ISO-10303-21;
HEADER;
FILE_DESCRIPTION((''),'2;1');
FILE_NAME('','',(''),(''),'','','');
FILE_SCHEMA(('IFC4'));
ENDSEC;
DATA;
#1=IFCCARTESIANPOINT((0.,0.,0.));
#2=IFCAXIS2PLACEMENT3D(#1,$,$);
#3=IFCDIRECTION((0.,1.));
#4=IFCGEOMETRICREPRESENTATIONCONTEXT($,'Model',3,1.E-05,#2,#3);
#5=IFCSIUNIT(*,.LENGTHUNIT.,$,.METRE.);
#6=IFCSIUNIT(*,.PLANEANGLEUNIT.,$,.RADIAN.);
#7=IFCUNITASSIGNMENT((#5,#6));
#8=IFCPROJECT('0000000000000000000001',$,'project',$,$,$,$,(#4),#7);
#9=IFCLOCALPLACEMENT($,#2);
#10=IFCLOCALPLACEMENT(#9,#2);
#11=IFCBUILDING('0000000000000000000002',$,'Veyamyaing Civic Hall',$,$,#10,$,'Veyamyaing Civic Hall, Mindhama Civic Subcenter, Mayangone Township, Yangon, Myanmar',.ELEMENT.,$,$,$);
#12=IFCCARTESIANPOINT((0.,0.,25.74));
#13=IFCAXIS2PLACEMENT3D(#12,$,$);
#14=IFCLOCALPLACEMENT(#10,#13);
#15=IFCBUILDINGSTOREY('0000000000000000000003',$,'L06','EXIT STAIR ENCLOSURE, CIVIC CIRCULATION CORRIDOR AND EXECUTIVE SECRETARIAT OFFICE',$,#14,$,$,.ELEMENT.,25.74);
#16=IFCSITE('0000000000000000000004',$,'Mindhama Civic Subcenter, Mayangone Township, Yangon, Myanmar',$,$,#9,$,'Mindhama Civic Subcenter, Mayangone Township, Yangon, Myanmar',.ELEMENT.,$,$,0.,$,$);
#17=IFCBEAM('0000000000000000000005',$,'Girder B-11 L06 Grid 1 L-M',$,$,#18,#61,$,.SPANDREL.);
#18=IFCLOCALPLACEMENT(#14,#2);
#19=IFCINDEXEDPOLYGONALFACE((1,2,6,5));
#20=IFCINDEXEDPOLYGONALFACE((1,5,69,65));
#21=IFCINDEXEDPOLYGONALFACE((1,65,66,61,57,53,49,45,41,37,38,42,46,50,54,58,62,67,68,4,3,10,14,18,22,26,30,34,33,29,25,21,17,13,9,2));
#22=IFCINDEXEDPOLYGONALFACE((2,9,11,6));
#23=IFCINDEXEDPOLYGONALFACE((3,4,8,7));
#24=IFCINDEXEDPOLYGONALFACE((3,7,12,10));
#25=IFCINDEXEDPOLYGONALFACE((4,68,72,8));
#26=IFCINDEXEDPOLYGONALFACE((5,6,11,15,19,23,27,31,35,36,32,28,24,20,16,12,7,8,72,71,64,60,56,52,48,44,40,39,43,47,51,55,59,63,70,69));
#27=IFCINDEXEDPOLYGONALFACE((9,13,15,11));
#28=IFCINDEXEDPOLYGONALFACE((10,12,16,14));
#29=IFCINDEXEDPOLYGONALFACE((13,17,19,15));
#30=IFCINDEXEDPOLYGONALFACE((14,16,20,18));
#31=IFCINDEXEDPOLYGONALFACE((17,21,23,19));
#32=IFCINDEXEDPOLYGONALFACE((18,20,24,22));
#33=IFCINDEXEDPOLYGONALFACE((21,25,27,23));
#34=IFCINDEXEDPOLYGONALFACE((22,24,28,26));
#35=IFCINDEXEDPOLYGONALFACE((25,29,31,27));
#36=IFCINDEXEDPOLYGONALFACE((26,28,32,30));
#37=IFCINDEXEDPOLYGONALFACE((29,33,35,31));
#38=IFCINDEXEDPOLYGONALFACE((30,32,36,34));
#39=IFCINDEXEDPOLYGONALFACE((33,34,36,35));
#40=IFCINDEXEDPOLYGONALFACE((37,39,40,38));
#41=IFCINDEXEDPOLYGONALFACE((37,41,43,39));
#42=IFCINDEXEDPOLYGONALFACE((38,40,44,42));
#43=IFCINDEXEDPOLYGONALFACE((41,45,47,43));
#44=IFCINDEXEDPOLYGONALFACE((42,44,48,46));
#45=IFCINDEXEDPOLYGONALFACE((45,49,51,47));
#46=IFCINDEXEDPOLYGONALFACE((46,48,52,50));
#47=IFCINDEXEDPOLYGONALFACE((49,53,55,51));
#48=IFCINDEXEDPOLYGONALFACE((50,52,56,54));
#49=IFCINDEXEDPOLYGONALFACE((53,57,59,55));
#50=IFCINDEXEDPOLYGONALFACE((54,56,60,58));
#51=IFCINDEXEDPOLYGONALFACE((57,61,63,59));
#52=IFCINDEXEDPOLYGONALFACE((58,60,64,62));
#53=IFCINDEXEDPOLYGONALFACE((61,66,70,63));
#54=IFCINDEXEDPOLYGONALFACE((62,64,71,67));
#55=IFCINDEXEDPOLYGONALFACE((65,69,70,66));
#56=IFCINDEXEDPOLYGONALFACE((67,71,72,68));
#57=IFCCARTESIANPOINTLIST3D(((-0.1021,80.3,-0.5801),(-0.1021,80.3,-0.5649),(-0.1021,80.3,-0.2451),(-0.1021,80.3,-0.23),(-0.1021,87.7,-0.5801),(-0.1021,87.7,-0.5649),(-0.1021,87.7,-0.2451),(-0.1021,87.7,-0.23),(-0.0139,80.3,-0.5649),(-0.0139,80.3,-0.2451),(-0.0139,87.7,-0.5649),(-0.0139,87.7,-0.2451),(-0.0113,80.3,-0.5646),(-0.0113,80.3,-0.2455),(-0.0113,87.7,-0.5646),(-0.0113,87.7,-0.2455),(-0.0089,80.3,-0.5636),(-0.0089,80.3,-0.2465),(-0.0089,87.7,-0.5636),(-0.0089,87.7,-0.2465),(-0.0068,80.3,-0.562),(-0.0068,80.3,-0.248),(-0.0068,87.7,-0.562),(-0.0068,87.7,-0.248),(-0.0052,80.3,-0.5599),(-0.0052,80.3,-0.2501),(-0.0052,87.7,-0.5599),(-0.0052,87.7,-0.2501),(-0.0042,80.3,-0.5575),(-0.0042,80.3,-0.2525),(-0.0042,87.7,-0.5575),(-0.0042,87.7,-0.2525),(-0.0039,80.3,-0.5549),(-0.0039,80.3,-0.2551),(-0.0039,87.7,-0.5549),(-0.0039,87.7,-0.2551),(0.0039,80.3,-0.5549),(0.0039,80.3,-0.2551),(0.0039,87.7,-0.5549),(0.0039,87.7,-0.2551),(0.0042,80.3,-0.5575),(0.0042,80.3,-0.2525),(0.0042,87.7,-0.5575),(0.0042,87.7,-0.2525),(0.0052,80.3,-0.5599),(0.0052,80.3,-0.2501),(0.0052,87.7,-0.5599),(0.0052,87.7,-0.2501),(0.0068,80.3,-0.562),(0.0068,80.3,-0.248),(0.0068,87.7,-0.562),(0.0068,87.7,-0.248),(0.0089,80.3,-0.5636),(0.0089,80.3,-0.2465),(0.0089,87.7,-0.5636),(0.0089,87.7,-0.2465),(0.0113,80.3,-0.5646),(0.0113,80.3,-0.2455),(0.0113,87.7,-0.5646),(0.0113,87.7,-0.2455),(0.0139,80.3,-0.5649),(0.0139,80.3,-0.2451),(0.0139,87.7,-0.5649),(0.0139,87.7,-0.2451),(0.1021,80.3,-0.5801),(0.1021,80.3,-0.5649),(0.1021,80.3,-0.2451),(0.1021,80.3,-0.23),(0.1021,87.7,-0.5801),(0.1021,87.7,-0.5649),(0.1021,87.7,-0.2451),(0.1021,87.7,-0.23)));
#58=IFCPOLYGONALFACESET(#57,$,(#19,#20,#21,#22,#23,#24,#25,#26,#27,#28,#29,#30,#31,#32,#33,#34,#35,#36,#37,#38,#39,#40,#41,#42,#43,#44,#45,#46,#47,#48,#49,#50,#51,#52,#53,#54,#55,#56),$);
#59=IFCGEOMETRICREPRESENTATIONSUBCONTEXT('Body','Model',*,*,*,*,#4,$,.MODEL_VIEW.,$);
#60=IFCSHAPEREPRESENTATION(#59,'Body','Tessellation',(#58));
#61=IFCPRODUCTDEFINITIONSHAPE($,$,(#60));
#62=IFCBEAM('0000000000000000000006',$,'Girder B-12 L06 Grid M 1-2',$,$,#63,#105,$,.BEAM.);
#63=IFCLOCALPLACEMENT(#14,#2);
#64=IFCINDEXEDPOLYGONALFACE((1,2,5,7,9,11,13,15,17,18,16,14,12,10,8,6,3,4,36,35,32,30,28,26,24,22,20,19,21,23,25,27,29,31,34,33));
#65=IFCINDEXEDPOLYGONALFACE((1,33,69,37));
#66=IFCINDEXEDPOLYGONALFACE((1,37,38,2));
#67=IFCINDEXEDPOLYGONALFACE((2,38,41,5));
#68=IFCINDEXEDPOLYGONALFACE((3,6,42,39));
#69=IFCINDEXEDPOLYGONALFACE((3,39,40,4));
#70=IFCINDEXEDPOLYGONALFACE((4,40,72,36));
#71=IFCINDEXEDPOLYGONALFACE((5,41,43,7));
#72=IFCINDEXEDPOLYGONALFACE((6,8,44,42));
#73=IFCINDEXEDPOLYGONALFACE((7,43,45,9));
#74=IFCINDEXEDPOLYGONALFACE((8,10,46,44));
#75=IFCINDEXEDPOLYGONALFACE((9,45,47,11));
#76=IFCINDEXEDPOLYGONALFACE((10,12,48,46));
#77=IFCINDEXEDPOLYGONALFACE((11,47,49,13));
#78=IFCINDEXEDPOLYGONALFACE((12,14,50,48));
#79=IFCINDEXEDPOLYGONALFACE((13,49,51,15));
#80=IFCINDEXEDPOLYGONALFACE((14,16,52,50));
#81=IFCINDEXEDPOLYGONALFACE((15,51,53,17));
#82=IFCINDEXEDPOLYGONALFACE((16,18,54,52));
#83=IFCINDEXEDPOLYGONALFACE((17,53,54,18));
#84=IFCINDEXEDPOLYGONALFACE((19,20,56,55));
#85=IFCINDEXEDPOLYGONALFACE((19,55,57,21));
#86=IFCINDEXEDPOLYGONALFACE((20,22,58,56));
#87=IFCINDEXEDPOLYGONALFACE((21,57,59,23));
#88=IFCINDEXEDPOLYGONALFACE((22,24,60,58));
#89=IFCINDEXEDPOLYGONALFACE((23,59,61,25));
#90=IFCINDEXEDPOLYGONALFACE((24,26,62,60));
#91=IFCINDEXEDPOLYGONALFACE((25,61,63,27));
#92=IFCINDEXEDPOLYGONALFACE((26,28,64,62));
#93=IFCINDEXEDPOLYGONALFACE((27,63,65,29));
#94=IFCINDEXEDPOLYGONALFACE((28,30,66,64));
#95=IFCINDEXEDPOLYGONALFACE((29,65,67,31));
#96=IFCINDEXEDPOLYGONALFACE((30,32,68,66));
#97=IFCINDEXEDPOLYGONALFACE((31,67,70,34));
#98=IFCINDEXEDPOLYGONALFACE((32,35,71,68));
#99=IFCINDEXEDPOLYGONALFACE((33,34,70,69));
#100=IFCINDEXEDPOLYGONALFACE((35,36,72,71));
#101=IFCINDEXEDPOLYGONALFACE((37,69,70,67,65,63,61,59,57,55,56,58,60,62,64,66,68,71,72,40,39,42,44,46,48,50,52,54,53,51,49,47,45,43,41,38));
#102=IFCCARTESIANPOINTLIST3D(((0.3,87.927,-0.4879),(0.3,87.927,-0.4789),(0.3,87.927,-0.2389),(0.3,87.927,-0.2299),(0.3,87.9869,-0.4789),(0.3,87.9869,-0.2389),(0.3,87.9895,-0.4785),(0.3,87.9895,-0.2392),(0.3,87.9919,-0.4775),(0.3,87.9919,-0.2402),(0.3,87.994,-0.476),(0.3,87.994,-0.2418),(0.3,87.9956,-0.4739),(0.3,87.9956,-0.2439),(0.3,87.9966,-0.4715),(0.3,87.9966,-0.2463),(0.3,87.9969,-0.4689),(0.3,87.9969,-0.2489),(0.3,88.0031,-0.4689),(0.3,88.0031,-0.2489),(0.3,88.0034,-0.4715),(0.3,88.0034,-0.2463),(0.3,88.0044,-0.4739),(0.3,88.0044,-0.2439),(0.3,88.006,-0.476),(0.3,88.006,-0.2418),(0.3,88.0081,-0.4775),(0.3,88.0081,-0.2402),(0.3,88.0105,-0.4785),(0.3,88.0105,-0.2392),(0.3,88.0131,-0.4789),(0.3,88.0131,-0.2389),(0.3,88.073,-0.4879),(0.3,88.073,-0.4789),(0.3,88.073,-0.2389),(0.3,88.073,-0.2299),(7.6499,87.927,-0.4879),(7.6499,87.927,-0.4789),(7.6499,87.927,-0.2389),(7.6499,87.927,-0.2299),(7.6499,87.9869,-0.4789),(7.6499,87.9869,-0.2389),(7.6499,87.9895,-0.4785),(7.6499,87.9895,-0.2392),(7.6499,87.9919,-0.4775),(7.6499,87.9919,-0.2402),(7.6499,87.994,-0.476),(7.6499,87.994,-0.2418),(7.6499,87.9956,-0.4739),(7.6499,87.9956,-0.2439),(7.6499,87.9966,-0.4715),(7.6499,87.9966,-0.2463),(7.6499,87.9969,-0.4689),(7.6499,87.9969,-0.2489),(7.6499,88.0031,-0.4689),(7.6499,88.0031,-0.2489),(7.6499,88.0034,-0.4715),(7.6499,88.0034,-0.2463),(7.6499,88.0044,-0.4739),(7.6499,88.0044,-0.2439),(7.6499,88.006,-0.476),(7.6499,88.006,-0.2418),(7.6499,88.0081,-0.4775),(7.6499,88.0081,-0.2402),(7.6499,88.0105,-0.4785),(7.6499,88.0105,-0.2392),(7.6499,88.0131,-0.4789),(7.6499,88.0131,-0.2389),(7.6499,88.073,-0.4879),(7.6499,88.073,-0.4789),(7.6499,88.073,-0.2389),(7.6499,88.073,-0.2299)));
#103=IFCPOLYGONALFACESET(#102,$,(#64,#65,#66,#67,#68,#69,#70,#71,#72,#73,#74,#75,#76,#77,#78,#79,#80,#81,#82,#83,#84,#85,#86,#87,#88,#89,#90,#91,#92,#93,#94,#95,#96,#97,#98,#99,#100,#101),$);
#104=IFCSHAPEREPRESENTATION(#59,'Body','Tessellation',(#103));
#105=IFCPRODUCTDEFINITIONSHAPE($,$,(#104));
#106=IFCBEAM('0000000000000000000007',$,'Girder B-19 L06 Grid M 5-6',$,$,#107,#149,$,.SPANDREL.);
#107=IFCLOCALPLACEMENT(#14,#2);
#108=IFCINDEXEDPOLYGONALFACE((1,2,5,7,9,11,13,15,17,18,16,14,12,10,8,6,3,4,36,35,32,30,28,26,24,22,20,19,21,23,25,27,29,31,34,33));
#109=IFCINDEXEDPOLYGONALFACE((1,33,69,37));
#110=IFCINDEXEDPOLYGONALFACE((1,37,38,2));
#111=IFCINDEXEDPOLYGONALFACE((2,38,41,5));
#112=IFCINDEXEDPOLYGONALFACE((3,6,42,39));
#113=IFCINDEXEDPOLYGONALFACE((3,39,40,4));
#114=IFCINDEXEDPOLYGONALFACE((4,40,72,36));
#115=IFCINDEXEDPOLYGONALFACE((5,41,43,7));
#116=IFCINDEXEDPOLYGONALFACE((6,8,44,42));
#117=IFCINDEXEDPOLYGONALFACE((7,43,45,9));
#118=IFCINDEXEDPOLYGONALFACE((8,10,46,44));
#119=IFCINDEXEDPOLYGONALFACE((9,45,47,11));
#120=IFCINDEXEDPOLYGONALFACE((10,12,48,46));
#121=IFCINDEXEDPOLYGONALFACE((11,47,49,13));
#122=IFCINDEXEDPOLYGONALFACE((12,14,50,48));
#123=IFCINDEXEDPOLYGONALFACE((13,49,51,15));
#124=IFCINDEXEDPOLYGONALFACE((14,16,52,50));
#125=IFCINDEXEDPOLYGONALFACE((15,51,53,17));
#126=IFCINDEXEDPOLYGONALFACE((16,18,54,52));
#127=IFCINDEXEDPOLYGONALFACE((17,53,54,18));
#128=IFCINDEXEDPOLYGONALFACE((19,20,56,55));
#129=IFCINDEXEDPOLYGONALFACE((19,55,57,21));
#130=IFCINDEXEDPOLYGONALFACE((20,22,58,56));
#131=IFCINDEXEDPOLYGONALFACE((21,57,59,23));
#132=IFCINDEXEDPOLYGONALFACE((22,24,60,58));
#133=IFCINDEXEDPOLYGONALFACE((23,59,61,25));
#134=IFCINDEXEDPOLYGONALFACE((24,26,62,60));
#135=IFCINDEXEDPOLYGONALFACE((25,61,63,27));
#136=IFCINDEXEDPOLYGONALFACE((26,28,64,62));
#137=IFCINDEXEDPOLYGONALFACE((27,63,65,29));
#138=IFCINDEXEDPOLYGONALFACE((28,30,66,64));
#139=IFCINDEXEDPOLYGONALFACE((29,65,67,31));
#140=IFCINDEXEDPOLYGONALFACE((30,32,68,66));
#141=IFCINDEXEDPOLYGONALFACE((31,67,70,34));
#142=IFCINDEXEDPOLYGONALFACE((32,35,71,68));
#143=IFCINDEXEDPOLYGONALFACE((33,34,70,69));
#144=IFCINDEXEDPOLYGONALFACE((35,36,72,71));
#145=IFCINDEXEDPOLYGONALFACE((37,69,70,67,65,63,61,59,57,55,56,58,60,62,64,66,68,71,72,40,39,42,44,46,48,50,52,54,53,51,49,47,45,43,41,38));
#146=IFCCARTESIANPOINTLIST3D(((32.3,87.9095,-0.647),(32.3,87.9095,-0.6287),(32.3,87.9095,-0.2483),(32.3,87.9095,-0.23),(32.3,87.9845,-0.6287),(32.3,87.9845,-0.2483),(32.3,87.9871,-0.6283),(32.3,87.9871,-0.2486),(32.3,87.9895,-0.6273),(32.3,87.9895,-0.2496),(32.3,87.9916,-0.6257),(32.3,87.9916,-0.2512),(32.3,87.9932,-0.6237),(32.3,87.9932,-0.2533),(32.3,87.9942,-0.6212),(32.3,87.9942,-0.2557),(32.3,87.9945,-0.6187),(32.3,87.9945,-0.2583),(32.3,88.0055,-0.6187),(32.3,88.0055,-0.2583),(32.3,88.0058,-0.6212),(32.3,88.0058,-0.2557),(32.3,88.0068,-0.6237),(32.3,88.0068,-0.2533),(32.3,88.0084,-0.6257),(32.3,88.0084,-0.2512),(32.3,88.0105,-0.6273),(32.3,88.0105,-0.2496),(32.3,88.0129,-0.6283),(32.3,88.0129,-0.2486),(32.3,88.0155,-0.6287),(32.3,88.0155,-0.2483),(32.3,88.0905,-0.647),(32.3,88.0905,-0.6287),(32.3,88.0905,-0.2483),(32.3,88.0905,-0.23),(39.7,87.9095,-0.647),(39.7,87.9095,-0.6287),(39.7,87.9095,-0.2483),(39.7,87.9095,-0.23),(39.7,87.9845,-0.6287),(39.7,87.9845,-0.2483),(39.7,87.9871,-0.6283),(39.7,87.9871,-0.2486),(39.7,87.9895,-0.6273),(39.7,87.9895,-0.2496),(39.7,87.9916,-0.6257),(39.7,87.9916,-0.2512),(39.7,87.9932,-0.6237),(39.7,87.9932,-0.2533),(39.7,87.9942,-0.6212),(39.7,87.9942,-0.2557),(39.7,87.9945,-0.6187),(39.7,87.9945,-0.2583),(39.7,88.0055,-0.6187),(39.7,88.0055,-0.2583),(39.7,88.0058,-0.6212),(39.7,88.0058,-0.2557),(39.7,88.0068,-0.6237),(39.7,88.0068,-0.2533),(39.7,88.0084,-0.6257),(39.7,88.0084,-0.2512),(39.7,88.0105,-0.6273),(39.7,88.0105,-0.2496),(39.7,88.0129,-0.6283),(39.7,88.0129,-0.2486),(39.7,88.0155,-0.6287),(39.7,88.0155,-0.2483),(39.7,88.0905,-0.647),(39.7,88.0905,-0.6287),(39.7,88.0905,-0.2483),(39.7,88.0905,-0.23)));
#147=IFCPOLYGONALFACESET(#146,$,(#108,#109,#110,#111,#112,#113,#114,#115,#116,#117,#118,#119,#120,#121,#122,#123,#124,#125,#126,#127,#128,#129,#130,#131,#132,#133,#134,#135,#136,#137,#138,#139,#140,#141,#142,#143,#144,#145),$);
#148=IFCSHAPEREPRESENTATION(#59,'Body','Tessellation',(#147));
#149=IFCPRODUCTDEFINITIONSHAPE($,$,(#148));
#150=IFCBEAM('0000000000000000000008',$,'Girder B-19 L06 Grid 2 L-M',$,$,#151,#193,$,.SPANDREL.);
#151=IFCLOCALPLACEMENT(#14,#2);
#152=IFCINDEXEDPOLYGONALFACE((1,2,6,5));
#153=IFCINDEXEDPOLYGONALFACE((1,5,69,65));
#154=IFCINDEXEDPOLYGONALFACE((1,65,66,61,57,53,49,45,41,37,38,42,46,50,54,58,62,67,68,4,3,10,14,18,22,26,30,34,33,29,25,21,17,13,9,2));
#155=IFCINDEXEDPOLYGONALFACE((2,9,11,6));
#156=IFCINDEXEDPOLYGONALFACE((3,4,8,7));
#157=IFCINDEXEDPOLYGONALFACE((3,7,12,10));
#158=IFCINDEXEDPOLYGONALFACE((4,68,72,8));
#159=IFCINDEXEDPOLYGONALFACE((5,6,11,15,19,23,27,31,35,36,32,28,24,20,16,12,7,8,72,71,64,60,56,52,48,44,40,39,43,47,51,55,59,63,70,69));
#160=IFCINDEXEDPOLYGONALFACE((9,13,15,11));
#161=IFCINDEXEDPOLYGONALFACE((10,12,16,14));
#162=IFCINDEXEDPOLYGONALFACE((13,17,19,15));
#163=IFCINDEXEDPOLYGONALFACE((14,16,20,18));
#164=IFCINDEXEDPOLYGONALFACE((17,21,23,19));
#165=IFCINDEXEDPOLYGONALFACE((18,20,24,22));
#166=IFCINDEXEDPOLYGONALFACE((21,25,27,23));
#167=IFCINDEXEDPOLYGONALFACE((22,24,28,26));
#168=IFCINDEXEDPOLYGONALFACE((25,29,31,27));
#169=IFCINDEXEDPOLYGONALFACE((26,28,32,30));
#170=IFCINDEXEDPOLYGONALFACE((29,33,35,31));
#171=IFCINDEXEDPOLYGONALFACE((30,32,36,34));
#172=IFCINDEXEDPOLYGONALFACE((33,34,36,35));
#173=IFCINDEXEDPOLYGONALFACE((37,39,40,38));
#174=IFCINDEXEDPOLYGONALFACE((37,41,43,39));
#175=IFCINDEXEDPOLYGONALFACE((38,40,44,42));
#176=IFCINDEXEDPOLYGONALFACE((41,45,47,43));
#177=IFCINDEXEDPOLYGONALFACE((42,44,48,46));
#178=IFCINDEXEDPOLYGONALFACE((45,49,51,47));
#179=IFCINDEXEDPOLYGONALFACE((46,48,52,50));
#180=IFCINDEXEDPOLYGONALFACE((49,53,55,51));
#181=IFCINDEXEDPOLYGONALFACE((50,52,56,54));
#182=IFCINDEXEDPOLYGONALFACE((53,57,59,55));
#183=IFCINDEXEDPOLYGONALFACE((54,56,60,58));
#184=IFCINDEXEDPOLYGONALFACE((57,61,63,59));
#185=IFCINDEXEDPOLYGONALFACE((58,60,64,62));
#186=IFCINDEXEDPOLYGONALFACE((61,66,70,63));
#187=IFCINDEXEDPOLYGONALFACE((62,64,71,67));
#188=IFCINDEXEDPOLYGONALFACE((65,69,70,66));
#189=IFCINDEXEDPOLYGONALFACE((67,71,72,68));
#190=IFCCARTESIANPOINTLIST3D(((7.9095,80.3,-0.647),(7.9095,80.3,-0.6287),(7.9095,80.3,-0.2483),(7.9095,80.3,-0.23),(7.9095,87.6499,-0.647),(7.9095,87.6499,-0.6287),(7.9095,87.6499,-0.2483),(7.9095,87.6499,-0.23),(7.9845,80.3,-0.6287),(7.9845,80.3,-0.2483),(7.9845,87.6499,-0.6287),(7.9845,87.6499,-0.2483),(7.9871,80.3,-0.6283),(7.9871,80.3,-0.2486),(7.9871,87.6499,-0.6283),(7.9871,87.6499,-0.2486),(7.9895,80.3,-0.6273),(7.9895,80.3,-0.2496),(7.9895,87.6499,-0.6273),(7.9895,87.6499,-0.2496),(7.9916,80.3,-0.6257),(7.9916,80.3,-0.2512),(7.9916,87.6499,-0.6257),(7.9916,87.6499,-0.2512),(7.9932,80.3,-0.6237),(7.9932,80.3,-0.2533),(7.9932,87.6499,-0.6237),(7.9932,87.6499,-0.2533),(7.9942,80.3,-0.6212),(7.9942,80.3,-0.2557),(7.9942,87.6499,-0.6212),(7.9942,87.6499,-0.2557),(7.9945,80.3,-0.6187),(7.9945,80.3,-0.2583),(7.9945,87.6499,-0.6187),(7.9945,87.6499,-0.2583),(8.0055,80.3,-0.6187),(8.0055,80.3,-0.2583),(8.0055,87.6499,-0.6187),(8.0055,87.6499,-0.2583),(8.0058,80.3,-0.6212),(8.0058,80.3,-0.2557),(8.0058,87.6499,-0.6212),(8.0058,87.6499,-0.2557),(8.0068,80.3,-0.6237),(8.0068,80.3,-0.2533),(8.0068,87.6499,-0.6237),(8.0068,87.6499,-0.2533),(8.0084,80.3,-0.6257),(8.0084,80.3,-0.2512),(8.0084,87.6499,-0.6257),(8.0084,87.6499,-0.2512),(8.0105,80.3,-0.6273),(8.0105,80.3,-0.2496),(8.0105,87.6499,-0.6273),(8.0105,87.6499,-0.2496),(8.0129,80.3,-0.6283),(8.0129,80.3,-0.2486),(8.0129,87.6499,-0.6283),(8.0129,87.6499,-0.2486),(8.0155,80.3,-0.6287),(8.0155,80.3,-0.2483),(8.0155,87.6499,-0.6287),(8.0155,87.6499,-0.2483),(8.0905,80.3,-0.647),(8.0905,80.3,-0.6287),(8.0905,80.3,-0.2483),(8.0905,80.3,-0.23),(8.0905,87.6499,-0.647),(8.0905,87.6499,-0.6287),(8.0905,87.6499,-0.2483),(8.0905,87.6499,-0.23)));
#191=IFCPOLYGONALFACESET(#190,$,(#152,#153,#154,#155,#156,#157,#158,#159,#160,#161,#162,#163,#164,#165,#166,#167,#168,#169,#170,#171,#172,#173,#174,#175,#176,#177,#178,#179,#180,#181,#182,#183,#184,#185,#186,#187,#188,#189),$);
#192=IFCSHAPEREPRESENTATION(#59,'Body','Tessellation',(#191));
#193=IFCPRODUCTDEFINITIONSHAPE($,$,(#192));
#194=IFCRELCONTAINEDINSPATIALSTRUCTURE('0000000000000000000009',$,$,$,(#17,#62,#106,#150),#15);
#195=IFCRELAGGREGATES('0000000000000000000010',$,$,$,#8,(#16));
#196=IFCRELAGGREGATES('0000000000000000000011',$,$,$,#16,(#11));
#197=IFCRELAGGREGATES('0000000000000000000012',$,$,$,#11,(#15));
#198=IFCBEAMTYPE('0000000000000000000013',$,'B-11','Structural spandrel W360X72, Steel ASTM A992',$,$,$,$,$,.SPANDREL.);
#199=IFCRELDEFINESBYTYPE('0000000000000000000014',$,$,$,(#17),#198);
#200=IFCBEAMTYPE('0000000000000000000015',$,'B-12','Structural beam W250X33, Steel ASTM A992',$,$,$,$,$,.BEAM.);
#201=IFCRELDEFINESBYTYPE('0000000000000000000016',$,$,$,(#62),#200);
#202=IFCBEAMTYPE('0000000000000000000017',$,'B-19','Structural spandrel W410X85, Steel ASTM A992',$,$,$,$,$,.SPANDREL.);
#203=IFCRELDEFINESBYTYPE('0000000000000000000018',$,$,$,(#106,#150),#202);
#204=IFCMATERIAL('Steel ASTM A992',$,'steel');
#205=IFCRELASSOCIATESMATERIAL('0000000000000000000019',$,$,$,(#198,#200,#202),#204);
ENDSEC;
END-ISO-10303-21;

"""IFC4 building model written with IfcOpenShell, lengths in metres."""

from ifc_helpers import new_model, si_unit, direction, frame, origin, origin_2d, place, context, subcontext, project, spatial, i_section, extrude, material, material_profile, profile_set, type_object, element, save


model = new_model("IFC4")

# Units and contexts
model_context = context("Model", 3, precision=1e-05, world=origin(), true_north=direction((0.0, 1.0)))
body_context = subcontext(model_context, "Body", "Model", "MODEL_VIEW")
ifc_project = project(units=[si_unit("LENGTHUNIT", "METRE"), si_unit("PLANEANGLEUNIT", "RADIAN")], contexts=[model_context])

# Site, building, storey
site_placement = place(None, origin())
site = spatial("IfcSite", under=ifc_project, at=site_placement, Name="Mindhama Civic Subcenter, Mayangone Township, Yangon, Myanmar", LongName="Mindhama Civic Subcenter, Mayangone Township, Yangon, Myanmar", CompositionType="ELEMENT", RefElevation=0.0)
building_placement = place(site_placement, origin())
building = spatial("IfcBuilding", under=site, at=building_placement, Name="Veyamyaing Civic Hall", LongName="Veyamyaing Civic Hall, Mindhama Civic Subcenter, Mayangone Township, Yangon, Myanmar", CompositionType="ELEMENT")
storey_placement = place(building_placement, frame((0.0, 0.0, 25.74)))
storey = spatial("IfcBuildingStorey", under=building, at=storey_placement, Name="L06", Description="EXIT STAIR ENCLOSURE, CIVIC CIRCULATION CORRIDOR AND EXECUTIVE SECRETARIAT OFFICE", CompositionType="ELEMENT", Elevation=25.74)

# Beams
ifc_material_1 = material(Name="Steel ASTM A992", Category="steel")
ifc_material_profile_1 = material_profile(ifc_material_1, i_section(OverallWidth=0.2041, OverallDepth=0.3501, WebThickness=0.0078, FlangeThickness=0.0151, FilletRadius=0.01, at=origin_2d()), Name="W360X72")
ifc_profile_set_1 = profile_set([ifc_material_profile_1], Name="Steel ASTM A992")
beam_type_1 = type_object("IfcBeamType", Name="B-11", Description="Structural spandrel W360X72, Steel ASTM A992", PredefinedType="SPANDREL", material=ifc_profile_set_1)
for number, where, z_axis, x_axis, name in (
    (1, (0.0, 80.3, -0.405), (0.0, 1.0, 0.0), (-1.0, 0.0, 0.0), "Girder B-11 L06 Grid 1 L-M"),
):
    element("IfcBeam", number, at=place(storey_placement, frame(where, z_axis=z_axis, x_axis=x_axis)), inside=storey, type_object=beam_type_1, Name=name, PredefinedType="SPANDREL", context=body_context, shape_type="SweptSolid", body=[
        extrude(i_section(OverallWidth=0.2041, OverallDepth=0.3501, WebThickness=0.0078, FlangeThickness=0.0151, FilletRadius=0.01, at=origin_2d()), origin(), (0.0, 0.0, 1.0), 7.3999),
    ])
ifc_material_profile_2 = material_profile(ifc_material_1, i_section(OverallWidth=0.146, OverallDepth=0.2581, WebThickness=0.0061, FlangeThickness=0.009, FilletRadius=0.01, at=origin_2d()), Name="W250X33")
ifc_profile_set_2 = profile_set([ifc_material_profile_2], Name="Steel ASTM A992")
beam_type_2 = type_object("IfcBeamType", Name="B-12", Description="Structural beam W250X33, Steel ASTM A992", PredefinedType="BEAM", material=ifc_profile_set_2)
beam_1_placement = place(storey_placement, frame((0.3, 88.0, -0.3589), z_axis=(1.0, 0.0, 0.0), x_axis=(0.0, 1.0, 0.0)))
element("IfcBeam", 2, at=beam_1_placement, inside=storey, type_object=beam_type_2, Name="Girder B-12 L06 Grid M 1-2", PredefinedType="BEAM", context=body_context, shape_type="SweptSolid", body=[
    extrude(i_section(OverallWidth=0.146, OverallDepth=0.2581, WebThickness=0.0061, FlangeThickness=0.009, FilletRadius=0.01, at=origin_2d()), origin(), (0.0, 0.0, 1.0), 7.3499),
])
ifc_material_profile_3 = material_profile(ifc_material_1, i_section(OverallWidth=0.1809, OverallDepth=0.417, WebThickness=0.011, FlangeThickness=0.0183, FilletRadius=0.01, at=origin_2d()), Name="W410X85")
ifc_profile_set_3 = profile_set([ifc_material_profile_3], Name="Steel ASTM A992")
beam_type_3 = type_object("IfcBeamType", Name="B-19", Description="Structural spandrel W410X85, Steel ASTM A992", PredefinedType="SPANDREL", material=ifc_profile_set_3)
beam_2_placement = place(storey_placement, frame((32.3, 88.0, -0.4385), z_axis=(1.0, 0.0, 0.0), x_axis=(0.0, 1.0, 0.0)))
element("IfcBeam", 3, at=beam_2_placement, inside=storey, type_object=beam_type_3, Name="Girder B-19 L06 Grid M 5-6", PredefinedType="SPANDREL", context=body_context, shape_type="SweptSolid", body=[
    extrude(i_section(OverallWidth=0.1809, OverallDepth=0.417, WebThickness=0.011, FlangeThickness=0.0183, FilletRadius=0.01, at=origin_2d()), origin(), (0.0, 0.0, 1.0), 7.3999),
])
beam_3_placement = place(storey_placement, frame((8.0, 80.3, -0.4385), z_axis=(0.0, 1.0, 0.0), x_axis=(-1.0, 0.0, 0.0)))
element("IfcBeam", 4, at=beam_3_placement, inside=storey, type_object=beam_type_3, Name="Girder B-19 L06 Grid 2 L-M", PredefinedType="SPANDREL", context=body_context, shape_type="SweptSolid", body=[
    extrude(i_section(OverallWidth=0.1809, OverallDepth=0.417, WebThickness=0.011, FlangeThickness=0.0183, FilletRadius=0.01, at=origin_2d()), origin(), (0.0, 0.0, 1.0), 7.3499),
])

save(model, "model.ifc")
